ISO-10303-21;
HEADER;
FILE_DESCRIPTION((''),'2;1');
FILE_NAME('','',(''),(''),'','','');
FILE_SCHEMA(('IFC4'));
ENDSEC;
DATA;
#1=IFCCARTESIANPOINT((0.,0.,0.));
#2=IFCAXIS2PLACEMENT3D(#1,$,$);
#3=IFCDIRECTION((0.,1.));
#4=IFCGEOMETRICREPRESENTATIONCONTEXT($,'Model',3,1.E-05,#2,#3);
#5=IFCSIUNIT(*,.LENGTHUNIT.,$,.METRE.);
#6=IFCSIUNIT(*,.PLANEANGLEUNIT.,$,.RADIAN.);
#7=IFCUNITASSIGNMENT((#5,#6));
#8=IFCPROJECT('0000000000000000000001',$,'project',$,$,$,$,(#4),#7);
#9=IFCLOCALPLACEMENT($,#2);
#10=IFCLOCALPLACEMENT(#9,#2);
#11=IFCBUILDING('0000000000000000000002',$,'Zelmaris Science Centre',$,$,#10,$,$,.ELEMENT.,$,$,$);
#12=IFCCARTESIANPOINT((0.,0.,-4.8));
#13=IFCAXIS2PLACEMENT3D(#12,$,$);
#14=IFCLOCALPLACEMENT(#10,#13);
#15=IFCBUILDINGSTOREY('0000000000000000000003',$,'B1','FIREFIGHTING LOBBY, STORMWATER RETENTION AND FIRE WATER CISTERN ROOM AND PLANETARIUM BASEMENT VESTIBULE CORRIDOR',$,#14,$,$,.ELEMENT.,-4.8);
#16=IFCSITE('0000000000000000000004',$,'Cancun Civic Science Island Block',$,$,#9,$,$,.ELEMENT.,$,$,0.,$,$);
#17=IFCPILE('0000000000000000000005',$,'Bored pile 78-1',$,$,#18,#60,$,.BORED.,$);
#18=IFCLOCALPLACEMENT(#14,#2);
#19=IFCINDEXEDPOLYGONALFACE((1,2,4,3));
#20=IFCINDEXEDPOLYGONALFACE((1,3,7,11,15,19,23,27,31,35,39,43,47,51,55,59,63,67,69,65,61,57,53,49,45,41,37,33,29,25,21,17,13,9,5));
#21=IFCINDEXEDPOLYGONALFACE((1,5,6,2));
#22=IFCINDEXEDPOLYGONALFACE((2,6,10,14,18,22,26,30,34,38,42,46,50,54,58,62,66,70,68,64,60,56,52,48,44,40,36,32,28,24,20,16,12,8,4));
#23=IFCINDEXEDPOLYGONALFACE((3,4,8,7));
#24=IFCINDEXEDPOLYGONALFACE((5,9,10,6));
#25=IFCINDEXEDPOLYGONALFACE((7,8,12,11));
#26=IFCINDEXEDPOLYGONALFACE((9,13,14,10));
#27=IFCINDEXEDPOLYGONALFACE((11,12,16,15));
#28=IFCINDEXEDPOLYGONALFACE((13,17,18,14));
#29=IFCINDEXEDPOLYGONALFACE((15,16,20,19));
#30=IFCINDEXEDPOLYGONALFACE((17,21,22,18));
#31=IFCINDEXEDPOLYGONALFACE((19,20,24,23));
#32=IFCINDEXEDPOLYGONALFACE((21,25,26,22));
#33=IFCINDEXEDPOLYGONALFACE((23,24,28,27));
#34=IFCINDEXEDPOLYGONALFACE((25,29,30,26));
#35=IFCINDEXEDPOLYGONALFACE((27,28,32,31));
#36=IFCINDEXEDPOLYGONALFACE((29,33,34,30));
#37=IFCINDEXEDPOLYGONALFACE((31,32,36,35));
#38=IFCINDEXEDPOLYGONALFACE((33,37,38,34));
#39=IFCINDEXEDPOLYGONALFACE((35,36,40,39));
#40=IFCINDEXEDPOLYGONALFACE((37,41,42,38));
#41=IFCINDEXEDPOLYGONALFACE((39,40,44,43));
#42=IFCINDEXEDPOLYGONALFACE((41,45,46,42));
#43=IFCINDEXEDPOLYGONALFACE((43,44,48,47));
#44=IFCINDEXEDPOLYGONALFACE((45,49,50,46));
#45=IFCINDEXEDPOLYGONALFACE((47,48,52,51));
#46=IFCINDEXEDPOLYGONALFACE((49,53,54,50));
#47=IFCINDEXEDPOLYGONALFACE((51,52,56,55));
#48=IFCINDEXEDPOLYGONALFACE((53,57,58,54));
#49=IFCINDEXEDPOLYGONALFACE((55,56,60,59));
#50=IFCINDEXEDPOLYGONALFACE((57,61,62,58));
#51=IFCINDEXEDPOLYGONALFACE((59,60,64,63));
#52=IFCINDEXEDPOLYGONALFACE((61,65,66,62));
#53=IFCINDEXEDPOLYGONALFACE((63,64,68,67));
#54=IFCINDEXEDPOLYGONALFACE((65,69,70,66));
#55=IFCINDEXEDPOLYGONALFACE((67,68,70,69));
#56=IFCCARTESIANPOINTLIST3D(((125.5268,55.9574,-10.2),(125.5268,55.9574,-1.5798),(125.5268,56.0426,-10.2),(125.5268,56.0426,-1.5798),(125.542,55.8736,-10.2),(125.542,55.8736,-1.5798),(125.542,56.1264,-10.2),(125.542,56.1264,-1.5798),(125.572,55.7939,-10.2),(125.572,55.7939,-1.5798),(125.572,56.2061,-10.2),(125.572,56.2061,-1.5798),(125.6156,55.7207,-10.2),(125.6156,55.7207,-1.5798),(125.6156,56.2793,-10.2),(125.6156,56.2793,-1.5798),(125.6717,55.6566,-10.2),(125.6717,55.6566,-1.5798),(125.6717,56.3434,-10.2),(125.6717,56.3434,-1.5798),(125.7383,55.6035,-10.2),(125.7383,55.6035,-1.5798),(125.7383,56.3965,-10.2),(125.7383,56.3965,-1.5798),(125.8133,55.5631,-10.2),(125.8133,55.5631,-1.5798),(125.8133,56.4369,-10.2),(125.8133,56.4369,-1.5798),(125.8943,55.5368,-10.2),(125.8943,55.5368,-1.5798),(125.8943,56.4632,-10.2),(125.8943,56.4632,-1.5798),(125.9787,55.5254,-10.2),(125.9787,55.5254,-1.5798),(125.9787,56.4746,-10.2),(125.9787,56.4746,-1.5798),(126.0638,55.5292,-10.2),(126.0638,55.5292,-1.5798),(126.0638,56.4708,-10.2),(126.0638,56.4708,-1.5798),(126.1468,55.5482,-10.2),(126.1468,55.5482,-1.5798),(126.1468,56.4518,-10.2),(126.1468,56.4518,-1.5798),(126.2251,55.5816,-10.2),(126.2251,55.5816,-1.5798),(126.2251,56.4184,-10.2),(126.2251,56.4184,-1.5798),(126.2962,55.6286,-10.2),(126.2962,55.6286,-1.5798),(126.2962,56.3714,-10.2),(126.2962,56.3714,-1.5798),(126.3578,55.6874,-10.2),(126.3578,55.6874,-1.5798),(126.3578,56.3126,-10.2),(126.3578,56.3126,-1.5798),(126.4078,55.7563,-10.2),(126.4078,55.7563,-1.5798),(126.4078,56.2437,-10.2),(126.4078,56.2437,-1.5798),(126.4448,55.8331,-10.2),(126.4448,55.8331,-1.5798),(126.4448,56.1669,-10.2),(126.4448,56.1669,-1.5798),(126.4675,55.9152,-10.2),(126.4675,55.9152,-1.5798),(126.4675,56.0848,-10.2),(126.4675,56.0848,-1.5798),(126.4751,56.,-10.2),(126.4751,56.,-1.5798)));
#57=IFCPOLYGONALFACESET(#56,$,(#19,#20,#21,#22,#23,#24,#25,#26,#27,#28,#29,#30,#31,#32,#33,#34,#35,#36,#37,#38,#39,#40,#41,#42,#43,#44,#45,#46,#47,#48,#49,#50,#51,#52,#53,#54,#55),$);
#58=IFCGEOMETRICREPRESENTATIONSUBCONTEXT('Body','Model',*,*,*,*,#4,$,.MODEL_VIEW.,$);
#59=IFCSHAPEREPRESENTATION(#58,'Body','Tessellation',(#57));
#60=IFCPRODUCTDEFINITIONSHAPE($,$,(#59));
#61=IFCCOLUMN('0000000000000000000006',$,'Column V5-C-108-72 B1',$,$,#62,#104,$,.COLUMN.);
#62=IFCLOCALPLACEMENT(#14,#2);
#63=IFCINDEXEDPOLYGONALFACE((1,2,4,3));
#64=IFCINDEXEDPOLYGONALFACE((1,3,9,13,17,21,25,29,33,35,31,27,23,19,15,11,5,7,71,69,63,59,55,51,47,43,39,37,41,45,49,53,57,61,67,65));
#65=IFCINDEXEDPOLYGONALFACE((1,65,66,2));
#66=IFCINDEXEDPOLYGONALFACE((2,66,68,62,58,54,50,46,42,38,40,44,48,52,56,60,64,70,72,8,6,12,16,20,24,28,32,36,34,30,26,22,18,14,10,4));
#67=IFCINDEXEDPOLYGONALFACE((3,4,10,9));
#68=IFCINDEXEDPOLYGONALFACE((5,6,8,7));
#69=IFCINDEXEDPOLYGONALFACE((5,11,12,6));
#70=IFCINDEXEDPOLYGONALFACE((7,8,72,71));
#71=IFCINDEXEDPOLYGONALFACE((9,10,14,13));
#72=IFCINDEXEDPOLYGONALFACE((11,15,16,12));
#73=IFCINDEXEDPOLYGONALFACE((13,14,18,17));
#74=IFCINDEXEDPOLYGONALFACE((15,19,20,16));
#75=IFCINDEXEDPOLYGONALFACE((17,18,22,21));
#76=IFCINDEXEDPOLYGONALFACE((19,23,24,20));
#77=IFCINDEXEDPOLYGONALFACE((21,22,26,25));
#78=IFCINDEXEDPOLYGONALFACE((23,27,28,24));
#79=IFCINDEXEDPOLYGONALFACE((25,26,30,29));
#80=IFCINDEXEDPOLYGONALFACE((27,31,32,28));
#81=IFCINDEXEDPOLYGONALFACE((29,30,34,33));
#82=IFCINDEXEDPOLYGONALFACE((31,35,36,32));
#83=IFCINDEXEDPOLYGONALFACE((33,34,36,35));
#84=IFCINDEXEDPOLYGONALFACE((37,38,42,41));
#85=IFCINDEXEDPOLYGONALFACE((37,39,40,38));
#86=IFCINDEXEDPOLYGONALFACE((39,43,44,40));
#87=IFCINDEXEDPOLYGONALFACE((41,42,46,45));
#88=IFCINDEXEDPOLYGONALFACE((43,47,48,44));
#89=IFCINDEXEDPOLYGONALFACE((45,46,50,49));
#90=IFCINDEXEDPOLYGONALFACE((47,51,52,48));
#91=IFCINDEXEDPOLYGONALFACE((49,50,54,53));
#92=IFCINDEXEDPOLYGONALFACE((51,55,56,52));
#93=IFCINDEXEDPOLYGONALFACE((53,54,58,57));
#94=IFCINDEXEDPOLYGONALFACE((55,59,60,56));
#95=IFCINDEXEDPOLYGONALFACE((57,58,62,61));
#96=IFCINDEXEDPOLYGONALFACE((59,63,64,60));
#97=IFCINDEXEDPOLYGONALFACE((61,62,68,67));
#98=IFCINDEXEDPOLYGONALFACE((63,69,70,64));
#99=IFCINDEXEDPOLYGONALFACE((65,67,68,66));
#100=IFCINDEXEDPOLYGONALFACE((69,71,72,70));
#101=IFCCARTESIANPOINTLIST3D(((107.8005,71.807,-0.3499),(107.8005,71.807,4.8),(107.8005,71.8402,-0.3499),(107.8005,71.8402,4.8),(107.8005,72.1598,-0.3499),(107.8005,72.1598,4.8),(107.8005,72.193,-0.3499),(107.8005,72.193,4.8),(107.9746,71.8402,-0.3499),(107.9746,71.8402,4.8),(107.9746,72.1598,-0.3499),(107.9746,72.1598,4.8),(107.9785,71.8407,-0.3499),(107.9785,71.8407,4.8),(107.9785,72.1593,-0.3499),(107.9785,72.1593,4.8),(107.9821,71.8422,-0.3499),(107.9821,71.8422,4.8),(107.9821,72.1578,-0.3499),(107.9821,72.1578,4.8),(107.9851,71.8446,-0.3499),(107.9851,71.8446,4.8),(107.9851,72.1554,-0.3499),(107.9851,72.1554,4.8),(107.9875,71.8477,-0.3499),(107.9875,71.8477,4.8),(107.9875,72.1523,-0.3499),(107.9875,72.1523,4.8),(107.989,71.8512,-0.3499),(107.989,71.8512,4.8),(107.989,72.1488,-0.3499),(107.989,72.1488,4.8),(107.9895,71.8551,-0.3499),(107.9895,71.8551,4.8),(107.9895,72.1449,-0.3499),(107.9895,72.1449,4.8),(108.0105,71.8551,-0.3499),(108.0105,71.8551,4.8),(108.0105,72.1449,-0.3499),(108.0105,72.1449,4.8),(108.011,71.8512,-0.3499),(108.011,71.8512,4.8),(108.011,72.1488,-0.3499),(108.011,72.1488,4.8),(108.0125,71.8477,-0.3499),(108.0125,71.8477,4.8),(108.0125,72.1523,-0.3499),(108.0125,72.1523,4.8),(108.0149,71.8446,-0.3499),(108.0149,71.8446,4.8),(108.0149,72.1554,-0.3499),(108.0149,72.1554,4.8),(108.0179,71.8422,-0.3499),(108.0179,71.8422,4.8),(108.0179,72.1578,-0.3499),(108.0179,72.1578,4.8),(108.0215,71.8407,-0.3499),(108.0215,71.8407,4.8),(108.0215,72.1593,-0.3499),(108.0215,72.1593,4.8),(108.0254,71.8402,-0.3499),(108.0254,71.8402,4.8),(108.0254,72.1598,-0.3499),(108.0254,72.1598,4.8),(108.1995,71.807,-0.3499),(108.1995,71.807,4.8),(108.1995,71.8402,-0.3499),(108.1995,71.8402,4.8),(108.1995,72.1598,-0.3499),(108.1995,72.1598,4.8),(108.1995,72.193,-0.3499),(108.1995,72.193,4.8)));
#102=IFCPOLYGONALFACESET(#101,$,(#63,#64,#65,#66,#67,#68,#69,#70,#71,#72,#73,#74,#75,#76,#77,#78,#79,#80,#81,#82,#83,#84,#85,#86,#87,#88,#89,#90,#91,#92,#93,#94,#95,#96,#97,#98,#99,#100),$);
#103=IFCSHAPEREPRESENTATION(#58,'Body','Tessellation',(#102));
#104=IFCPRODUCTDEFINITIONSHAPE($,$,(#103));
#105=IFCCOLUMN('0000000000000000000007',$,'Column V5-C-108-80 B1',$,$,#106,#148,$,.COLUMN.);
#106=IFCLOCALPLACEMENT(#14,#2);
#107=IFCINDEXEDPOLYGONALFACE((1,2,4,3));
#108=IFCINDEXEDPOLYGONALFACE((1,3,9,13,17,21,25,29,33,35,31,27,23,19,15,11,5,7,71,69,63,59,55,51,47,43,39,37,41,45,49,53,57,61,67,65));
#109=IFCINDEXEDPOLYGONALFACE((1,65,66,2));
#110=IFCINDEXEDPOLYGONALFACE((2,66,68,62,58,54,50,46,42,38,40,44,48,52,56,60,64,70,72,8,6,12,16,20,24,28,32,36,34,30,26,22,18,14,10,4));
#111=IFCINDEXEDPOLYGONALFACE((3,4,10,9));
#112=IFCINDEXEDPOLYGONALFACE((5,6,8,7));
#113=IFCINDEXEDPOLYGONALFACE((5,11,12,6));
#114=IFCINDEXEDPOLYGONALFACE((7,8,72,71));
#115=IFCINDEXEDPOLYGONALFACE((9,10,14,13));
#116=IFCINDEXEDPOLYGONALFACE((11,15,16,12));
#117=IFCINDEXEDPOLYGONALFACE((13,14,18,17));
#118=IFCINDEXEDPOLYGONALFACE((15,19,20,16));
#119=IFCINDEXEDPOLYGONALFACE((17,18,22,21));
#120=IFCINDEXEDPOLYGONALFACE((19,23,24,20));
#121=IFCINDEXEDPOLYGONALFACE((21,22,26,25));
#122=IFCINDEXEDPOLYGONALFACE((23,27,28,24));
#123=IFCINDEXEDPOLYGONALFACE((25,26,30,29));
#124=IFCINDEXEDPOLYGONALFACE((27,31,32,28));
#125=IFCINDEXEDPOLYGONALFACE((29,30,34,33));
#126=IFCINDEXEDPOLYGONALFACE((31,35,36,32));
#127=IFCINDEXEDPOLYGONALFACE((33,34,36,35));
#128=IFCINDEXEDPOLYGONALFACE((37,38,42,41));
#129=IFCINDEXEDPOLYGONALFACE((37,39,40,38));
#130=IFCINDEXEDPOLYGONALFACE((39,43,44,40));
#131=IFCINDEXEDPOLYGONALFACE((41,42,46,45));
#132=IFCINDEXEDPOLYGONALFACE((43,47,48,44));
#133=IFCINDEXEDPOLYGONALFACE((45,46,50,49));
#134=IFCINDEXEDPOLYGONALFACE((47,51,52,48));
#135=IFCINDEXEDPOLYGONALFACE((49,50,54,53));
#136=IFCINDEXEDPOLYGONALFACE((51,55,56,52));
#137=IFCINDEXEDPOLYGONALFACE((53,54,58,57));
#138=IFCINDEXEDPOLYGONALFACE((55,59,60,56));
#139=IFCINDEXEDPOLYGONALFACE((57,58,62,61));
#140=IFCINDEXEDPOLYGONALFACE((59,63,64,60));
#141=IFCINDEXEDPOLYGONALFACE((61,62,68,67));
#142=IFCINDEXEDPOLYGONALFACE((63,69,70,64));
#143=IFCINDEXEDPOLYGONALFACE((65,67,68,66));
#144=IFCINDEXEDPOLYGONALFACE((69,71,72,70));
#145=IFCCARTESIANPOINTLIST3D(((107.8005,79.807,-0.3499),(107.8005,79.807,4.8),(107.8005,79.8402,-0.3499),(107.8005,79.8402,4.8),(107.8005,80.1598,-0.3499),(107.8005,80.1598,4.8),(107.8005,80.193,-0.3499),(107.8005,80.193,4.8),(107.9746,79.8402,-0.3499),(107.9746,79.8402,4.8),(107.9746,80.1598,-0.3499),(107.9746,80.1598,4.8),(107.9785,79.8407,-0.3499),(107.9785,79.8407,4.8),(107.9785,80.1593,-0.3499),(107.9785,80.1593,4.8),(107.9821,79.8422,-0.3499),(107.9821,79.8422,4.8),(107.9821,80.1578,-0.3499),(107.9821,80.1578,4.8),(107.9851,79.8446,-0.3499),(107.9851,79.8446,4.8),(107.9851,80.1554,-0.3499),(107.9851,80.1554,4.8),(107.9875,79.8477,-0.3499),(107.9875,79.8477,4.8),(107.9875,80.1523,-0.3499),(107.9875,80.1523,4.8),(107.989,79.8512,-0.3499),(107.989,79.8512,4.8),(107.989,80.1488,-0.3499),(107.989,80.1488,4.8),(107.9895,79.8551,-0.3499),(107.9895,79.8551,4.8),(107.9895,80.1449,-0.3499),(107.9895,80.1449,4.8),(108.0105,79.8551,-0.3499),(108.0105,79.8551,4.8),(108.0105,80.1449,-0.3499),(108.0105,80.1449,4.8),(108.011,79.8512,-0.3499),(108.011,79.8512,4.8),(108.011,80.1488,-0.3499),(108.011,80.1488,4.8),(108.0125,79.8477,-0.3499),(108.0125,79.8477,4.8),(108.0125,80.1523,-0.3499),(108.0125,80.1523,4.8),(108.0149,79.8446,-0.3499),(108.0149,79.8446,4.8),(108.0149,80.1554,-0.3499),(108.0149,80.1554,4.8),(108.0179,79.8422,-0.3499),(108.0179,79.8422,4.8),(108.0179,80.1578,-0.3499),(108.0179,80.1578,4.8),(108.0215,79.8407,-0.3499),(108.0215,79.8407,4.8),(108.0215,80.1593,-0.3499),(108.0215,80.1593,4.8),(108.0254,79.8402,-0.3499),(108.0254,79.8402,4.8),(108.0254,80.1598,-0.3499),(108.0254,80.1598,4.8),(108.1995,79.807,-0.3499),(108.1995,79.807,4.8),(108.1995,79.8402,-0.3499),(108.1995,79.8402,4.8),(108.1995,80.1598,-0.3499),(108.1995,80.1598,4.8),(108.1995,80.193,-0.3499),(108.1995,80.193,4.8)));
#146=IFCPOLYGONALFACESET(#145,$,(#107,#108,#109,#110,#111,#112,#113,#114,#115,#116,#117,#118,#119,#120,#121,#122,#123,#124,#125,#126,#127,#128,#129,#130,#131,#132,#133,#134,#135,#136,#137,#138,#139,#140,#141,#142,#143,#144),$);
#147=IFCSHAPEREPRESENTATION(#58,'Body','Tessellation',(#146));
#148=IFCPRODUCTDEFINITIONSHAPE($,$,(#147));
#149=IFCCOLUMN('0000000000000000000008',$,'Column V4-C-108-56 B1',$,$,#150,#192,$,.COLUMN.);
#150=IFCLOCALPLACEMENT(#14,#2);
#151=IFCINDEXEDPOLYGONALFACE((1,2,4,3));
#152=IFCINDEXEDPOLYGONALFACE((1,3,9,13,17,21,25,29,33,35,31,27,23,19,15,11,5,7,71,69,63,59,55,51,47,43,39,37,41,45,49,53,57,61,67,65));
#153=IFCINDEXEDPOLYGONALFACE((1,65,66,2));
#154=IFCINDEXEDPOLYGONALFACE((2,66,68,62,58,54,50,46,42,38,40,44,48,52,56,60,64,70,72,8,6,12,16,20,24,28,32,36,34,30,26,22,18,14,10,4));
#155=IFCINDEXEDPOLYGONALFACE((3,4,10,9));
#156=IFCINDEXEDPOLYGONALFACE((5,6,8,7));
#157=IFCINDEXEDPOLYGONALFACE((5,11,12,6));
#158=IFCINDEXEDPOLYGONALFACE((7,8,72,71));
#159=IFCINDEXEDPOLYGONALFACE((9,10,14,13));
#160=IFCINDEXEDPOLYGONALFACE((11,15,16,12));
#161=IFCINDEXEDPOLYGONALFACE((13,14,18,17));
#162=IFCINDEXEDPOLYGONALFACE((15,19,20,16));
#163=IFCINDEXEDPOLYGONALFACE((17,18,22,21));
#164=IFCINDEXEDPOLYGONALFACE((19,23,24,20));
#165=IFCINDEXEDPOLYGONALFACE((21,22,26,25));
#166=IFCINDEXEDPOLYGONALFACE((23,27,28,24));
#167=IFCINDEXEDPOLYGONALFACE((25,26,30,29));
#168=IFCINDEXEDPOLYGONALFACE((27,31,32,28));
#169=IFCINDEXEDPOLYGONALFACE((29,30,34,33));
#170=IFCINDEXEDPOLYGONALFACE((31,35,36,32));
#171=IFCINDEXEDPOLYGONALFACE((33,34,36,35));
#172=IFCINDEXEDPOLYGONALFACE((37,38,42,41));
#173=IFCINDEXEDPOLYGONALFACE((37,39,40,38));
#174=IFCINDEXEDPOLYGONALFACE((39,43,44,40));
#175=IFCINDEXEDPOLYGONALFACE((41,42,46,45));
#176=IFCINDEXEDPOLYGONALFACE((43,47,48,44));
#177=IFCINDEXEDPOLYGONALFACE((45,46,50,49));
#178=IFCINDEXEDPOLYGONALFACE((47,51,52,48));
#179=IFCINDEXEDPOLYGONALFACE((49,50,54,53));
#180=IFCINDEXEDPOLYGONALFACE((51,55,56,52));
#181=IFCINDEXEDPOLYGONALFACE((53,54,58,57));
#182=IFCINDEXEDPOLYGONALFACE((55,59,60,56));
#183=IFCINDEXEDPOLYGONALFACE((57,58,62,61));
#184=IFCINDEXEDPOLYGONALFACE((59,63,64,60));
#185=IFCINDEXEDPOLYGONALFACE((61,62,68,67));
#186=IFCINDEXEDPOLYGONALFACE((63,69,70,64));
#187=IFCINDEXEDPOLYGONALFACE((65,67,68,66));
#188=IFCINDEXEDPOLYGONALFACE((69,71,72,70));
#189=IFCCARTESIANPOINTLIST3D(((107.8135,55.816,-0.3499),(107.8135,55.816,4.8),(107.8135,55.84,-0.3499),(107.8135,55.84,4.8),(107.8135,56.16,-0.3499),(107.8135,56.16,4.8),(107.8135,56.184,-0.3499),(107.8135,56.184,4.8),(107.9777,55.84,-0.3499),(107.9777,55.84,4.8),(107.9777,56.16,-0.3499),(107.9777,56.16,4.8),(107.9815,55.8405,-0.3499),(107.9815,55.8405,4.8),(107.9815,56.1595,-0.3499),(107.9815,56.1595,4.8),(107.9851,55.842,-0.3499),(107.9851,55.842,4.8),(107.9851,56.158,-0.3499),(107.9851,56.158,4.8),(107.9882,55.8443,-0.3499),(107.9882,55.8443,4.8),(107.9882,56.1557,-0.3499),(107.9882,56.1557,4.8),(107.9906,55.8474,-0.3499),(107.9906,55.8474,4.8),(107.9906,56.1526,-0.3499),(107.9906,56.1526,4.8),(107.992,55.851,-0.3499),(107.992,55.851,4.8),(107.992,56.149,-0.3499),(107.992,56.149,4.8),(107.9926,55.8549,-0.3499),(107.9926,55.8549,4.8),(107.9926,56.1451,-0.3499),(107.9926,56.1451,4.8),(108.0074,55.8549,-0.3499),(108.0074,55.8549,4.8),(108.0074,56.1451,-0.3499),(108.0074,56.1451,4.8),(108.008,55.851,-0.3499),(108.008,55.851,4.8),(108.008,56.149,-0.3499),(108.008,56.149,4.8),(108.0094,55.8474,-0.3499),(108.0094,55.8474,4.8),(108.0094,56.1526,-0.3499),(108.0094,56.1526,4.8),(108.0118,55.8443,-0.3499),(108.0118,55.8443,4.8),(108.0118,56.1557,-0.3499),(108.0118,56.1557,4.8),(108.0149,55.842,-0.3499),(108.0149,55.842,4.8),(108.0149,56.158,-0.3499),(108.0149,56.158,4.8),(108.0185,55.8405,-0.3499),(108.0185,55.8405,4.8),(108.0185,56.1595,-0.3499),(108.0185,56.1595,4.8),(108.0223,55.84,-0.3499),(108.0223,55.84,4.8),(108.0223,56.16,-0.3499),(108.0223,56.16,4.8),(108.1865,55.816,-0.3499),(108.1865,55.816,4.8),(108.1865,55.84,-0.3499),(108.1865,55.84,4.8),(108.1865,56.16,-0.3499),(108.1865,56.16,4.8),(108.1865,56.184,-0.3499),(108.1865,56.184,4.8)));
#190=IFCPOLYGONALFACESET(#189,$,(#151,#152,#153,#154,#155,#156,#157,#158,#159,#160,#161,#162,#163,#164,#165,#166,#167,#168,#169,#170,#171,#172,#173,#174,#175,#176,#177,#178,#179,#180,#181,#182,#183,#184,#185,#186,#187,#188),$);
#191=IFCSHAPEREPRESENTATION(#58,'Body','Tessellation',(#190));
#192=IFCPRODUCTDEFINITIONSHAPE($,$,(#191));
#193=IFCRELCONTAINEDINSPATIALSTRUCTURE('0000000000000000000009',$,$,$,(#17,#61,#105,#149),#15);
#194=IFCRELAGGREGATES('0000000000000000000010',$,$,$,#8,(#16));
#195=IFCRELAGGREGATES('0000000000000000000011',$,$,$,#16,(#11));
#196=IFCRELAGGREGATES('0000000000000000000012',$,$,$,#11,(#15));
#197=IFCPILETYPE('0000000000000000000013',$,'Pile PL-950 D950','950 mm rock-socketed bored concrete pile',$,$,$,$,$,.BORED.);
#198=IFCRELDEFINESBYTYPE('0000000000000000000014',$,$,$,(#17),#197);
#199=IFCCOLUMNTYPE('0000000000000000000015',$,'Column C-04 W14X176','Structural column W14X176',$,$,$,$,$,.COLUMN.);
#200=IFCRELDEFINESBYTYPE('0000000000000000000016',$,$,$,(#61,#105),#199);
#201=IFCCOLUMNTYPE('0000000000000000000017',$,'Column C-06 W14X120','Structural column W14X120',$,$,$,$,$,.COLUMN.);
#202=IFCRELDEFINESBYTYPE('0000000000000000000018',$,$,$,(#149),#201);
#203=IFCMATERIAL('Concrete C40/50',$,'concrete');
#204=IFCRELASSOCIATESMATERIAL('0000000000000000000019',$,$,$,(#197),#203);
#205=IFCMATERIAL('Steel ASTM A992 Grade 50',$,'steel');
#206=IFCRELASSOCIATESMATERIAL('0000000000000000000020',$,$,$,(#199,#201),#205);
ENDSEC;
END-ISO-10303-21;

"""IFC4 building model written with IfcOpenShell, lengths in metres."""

from ifc_helpers import new_model, si_unit, direction, frame, origin, origin_2d, place, context, subcontext, project, spatial, circle, i_section, extrude, material, material_profile, profile_set, type_object, element, save


model = new_model("IFC4")

# Units and contexts
model_context = context("Model", 3, precision=1e-05, world=origin(), true_north=direction((0.0, 1.0)))
body_context = subcontext(model_context, "Body", "Model", "MODEL_VIEW")
ifc_project = project(units=[si_unit("LENGTHUNIT", "METRE"), si_unit("PLANEANGLEUNIT", "RADIAN")], contexts=[model_context])

# Site, building, storey
site_placement = place(None, origin())
site = spatial("IfcSite", under=ifc_project, at=site_placement, Name="Cancun Civic Science Island Block", CompositionType="ELEMENT", RefElevation=0.0)
building_placement = place(site_placement, origin())
building = spatial("IfcBuilding", under=site, at=building_placement, Name="Zelmaris Science Centre", CompositionType="ELEMENT")
storey_placement = place(building_placement, frame((0.0, 0.0, -4.8)))
storey = spatial("IfcBuildingStorey", under=building, at=storey_placement, Name="B1", Description="FIREFIGHTING LOBBY, STORMWATER RETENTION AND FIRE WATER CISTERN ROOM AND PLANETARIUM BASEMENT VESTIBULE CORRIDOR", CompositionType="ELEMENT", Elevation=-4.8)

# Shared definitions
ifc_material_1 = material(Name="Concrete C40/50", Category="concrete")

# Pile
ifc_material_profile_1 = material_profile(ifc_material_1, circle(Radius=0.4751, at=origin_2d()), Name="PILE-950")
ifc_profile_set_1 = profile_set([ifc_material_profile_1], Name="Concrete C40/50")
pile_type_1 = type_object("IfcPileType", Name="Pile PL-950 D950", Description="950 mm rock-socketed bored concrete pile", PredefinedType="BORED", material=ifc_profile_set_1)
pile_1_placement = place(storey_placement, frame((126.0, 56.0, -1.5798), z_axis=(0.0, 0.0, -1.0), x_axis=(1.0, 0.0, 0.0)))
element("IfcPile", 1, at=pile_1_placement, inside=storey, type_object=pile_type_1, Name="Bored pile 78-1", PredefinedType="BORED", context=body_context, shape_type="SweptSolid", body=[
    extrude(circle(Radius=0.4751, at=origin_2d()), origin(), (0.0, 0.0, 1.0), 8.6201),
])

# Columns
ifc_material_2 = material(Name="Steel ASTM A992 Grade 50", Category="steel")
ifc_material_profile_2 = material_profile(ifc_material_2, i_section(OverallWidth=0.3989, OverallDepth=0.386, WebThickness=0.021, FlangeThickness=0.0332, FilletRadius=0.0149, at=origin_2d()), Name="W14X176")
ifc_profile_set_2 = profile_set([ifc_material_profile_2], Name="Steel ASTM A992 Grade 50")
column_type_1 = type_object("IfcColumnType", Name="Column C-04 W14X176", Description="Structural column W14X176", PredefinedType="COLUMN", material=ifc_profile_set_2)
for number, where, z_axis, x_axis, name in (
    (2, (108.0, 72.0, -0.3499), (0.0, 0.0, 1.0), (1.0, 0.0, 0.0), "Column V5-C-108-72 B1"),
    (3, (108.0, 80.0, -0.3499), (0.0, 0.0, 1.0), (1.0, 0.0, 0.0), "Column V5-C-108-80 B1"),
):
    element("IfcColumn", number, at=place(storey_placement, frame(where, z_axis=z_axis, x_axis=x_axis)), inside=storey, type_object=column_type_1, Name=name, PredefinedType="COLUMN", context=body_context, shape_type="SweptSolid", body=[
        extrude(i_section(OverallWidth=0.3989, OverallDepth=0.386, WebThickness=0.021, FlangeThickness=0.0332, FilletRadius=0.0149, at=origin_2d()), origin(), (0.0, 0.0, 1.0), 5.1499),
    ])
ifc_material_profile_3 = material_profile(ifc_material_2, i_section(OverallWidth=0.373, OverallDepth=0.3679, WebThickness=0.0149, FlangeThickness=0.0239, FilletRadius=0.0149, at=origin_2d()), Name="W14X120")
ifc_profile_set_3 = profile_set([ifc_material_profile_3], Name="Steel ASTM A992 Grade 50")
column_type_2 = type_object("IfcColumnType", Name="Column C-06 W14X120", Description="Structural column W14X120", PredefinedType="COLUMN", material=ifc_profile_set_3)
for number, where, z_axis, x_axis, name in (
    (4, (108.0, 56.0, -0.3499), (0.0, 0.0, 1.0), (1.0, 0.0, 0.0), "Column V4-C-108-56 B1"),
):
    element("IfcColumn", number, at=place(storey_placement, frame(where, z_axis=z_axis, x_axis=x_axis)), inside=storey, type_object=column_type_2, Name=name, PredefinedType="COLUMN", context=body_context, shape_type="SweptSolid", body=[
        extrude(i_section(OverallWidth=0.373, OverallDepth=0.3679, WebThickness=0.0149, FlangeThickness=0.0239, FilletRadius=0.0149, at=origin_2d()), origin(), (0.0, 0.0, 1.0), 5.1499),
    ])

save(model, "model.ifc")
